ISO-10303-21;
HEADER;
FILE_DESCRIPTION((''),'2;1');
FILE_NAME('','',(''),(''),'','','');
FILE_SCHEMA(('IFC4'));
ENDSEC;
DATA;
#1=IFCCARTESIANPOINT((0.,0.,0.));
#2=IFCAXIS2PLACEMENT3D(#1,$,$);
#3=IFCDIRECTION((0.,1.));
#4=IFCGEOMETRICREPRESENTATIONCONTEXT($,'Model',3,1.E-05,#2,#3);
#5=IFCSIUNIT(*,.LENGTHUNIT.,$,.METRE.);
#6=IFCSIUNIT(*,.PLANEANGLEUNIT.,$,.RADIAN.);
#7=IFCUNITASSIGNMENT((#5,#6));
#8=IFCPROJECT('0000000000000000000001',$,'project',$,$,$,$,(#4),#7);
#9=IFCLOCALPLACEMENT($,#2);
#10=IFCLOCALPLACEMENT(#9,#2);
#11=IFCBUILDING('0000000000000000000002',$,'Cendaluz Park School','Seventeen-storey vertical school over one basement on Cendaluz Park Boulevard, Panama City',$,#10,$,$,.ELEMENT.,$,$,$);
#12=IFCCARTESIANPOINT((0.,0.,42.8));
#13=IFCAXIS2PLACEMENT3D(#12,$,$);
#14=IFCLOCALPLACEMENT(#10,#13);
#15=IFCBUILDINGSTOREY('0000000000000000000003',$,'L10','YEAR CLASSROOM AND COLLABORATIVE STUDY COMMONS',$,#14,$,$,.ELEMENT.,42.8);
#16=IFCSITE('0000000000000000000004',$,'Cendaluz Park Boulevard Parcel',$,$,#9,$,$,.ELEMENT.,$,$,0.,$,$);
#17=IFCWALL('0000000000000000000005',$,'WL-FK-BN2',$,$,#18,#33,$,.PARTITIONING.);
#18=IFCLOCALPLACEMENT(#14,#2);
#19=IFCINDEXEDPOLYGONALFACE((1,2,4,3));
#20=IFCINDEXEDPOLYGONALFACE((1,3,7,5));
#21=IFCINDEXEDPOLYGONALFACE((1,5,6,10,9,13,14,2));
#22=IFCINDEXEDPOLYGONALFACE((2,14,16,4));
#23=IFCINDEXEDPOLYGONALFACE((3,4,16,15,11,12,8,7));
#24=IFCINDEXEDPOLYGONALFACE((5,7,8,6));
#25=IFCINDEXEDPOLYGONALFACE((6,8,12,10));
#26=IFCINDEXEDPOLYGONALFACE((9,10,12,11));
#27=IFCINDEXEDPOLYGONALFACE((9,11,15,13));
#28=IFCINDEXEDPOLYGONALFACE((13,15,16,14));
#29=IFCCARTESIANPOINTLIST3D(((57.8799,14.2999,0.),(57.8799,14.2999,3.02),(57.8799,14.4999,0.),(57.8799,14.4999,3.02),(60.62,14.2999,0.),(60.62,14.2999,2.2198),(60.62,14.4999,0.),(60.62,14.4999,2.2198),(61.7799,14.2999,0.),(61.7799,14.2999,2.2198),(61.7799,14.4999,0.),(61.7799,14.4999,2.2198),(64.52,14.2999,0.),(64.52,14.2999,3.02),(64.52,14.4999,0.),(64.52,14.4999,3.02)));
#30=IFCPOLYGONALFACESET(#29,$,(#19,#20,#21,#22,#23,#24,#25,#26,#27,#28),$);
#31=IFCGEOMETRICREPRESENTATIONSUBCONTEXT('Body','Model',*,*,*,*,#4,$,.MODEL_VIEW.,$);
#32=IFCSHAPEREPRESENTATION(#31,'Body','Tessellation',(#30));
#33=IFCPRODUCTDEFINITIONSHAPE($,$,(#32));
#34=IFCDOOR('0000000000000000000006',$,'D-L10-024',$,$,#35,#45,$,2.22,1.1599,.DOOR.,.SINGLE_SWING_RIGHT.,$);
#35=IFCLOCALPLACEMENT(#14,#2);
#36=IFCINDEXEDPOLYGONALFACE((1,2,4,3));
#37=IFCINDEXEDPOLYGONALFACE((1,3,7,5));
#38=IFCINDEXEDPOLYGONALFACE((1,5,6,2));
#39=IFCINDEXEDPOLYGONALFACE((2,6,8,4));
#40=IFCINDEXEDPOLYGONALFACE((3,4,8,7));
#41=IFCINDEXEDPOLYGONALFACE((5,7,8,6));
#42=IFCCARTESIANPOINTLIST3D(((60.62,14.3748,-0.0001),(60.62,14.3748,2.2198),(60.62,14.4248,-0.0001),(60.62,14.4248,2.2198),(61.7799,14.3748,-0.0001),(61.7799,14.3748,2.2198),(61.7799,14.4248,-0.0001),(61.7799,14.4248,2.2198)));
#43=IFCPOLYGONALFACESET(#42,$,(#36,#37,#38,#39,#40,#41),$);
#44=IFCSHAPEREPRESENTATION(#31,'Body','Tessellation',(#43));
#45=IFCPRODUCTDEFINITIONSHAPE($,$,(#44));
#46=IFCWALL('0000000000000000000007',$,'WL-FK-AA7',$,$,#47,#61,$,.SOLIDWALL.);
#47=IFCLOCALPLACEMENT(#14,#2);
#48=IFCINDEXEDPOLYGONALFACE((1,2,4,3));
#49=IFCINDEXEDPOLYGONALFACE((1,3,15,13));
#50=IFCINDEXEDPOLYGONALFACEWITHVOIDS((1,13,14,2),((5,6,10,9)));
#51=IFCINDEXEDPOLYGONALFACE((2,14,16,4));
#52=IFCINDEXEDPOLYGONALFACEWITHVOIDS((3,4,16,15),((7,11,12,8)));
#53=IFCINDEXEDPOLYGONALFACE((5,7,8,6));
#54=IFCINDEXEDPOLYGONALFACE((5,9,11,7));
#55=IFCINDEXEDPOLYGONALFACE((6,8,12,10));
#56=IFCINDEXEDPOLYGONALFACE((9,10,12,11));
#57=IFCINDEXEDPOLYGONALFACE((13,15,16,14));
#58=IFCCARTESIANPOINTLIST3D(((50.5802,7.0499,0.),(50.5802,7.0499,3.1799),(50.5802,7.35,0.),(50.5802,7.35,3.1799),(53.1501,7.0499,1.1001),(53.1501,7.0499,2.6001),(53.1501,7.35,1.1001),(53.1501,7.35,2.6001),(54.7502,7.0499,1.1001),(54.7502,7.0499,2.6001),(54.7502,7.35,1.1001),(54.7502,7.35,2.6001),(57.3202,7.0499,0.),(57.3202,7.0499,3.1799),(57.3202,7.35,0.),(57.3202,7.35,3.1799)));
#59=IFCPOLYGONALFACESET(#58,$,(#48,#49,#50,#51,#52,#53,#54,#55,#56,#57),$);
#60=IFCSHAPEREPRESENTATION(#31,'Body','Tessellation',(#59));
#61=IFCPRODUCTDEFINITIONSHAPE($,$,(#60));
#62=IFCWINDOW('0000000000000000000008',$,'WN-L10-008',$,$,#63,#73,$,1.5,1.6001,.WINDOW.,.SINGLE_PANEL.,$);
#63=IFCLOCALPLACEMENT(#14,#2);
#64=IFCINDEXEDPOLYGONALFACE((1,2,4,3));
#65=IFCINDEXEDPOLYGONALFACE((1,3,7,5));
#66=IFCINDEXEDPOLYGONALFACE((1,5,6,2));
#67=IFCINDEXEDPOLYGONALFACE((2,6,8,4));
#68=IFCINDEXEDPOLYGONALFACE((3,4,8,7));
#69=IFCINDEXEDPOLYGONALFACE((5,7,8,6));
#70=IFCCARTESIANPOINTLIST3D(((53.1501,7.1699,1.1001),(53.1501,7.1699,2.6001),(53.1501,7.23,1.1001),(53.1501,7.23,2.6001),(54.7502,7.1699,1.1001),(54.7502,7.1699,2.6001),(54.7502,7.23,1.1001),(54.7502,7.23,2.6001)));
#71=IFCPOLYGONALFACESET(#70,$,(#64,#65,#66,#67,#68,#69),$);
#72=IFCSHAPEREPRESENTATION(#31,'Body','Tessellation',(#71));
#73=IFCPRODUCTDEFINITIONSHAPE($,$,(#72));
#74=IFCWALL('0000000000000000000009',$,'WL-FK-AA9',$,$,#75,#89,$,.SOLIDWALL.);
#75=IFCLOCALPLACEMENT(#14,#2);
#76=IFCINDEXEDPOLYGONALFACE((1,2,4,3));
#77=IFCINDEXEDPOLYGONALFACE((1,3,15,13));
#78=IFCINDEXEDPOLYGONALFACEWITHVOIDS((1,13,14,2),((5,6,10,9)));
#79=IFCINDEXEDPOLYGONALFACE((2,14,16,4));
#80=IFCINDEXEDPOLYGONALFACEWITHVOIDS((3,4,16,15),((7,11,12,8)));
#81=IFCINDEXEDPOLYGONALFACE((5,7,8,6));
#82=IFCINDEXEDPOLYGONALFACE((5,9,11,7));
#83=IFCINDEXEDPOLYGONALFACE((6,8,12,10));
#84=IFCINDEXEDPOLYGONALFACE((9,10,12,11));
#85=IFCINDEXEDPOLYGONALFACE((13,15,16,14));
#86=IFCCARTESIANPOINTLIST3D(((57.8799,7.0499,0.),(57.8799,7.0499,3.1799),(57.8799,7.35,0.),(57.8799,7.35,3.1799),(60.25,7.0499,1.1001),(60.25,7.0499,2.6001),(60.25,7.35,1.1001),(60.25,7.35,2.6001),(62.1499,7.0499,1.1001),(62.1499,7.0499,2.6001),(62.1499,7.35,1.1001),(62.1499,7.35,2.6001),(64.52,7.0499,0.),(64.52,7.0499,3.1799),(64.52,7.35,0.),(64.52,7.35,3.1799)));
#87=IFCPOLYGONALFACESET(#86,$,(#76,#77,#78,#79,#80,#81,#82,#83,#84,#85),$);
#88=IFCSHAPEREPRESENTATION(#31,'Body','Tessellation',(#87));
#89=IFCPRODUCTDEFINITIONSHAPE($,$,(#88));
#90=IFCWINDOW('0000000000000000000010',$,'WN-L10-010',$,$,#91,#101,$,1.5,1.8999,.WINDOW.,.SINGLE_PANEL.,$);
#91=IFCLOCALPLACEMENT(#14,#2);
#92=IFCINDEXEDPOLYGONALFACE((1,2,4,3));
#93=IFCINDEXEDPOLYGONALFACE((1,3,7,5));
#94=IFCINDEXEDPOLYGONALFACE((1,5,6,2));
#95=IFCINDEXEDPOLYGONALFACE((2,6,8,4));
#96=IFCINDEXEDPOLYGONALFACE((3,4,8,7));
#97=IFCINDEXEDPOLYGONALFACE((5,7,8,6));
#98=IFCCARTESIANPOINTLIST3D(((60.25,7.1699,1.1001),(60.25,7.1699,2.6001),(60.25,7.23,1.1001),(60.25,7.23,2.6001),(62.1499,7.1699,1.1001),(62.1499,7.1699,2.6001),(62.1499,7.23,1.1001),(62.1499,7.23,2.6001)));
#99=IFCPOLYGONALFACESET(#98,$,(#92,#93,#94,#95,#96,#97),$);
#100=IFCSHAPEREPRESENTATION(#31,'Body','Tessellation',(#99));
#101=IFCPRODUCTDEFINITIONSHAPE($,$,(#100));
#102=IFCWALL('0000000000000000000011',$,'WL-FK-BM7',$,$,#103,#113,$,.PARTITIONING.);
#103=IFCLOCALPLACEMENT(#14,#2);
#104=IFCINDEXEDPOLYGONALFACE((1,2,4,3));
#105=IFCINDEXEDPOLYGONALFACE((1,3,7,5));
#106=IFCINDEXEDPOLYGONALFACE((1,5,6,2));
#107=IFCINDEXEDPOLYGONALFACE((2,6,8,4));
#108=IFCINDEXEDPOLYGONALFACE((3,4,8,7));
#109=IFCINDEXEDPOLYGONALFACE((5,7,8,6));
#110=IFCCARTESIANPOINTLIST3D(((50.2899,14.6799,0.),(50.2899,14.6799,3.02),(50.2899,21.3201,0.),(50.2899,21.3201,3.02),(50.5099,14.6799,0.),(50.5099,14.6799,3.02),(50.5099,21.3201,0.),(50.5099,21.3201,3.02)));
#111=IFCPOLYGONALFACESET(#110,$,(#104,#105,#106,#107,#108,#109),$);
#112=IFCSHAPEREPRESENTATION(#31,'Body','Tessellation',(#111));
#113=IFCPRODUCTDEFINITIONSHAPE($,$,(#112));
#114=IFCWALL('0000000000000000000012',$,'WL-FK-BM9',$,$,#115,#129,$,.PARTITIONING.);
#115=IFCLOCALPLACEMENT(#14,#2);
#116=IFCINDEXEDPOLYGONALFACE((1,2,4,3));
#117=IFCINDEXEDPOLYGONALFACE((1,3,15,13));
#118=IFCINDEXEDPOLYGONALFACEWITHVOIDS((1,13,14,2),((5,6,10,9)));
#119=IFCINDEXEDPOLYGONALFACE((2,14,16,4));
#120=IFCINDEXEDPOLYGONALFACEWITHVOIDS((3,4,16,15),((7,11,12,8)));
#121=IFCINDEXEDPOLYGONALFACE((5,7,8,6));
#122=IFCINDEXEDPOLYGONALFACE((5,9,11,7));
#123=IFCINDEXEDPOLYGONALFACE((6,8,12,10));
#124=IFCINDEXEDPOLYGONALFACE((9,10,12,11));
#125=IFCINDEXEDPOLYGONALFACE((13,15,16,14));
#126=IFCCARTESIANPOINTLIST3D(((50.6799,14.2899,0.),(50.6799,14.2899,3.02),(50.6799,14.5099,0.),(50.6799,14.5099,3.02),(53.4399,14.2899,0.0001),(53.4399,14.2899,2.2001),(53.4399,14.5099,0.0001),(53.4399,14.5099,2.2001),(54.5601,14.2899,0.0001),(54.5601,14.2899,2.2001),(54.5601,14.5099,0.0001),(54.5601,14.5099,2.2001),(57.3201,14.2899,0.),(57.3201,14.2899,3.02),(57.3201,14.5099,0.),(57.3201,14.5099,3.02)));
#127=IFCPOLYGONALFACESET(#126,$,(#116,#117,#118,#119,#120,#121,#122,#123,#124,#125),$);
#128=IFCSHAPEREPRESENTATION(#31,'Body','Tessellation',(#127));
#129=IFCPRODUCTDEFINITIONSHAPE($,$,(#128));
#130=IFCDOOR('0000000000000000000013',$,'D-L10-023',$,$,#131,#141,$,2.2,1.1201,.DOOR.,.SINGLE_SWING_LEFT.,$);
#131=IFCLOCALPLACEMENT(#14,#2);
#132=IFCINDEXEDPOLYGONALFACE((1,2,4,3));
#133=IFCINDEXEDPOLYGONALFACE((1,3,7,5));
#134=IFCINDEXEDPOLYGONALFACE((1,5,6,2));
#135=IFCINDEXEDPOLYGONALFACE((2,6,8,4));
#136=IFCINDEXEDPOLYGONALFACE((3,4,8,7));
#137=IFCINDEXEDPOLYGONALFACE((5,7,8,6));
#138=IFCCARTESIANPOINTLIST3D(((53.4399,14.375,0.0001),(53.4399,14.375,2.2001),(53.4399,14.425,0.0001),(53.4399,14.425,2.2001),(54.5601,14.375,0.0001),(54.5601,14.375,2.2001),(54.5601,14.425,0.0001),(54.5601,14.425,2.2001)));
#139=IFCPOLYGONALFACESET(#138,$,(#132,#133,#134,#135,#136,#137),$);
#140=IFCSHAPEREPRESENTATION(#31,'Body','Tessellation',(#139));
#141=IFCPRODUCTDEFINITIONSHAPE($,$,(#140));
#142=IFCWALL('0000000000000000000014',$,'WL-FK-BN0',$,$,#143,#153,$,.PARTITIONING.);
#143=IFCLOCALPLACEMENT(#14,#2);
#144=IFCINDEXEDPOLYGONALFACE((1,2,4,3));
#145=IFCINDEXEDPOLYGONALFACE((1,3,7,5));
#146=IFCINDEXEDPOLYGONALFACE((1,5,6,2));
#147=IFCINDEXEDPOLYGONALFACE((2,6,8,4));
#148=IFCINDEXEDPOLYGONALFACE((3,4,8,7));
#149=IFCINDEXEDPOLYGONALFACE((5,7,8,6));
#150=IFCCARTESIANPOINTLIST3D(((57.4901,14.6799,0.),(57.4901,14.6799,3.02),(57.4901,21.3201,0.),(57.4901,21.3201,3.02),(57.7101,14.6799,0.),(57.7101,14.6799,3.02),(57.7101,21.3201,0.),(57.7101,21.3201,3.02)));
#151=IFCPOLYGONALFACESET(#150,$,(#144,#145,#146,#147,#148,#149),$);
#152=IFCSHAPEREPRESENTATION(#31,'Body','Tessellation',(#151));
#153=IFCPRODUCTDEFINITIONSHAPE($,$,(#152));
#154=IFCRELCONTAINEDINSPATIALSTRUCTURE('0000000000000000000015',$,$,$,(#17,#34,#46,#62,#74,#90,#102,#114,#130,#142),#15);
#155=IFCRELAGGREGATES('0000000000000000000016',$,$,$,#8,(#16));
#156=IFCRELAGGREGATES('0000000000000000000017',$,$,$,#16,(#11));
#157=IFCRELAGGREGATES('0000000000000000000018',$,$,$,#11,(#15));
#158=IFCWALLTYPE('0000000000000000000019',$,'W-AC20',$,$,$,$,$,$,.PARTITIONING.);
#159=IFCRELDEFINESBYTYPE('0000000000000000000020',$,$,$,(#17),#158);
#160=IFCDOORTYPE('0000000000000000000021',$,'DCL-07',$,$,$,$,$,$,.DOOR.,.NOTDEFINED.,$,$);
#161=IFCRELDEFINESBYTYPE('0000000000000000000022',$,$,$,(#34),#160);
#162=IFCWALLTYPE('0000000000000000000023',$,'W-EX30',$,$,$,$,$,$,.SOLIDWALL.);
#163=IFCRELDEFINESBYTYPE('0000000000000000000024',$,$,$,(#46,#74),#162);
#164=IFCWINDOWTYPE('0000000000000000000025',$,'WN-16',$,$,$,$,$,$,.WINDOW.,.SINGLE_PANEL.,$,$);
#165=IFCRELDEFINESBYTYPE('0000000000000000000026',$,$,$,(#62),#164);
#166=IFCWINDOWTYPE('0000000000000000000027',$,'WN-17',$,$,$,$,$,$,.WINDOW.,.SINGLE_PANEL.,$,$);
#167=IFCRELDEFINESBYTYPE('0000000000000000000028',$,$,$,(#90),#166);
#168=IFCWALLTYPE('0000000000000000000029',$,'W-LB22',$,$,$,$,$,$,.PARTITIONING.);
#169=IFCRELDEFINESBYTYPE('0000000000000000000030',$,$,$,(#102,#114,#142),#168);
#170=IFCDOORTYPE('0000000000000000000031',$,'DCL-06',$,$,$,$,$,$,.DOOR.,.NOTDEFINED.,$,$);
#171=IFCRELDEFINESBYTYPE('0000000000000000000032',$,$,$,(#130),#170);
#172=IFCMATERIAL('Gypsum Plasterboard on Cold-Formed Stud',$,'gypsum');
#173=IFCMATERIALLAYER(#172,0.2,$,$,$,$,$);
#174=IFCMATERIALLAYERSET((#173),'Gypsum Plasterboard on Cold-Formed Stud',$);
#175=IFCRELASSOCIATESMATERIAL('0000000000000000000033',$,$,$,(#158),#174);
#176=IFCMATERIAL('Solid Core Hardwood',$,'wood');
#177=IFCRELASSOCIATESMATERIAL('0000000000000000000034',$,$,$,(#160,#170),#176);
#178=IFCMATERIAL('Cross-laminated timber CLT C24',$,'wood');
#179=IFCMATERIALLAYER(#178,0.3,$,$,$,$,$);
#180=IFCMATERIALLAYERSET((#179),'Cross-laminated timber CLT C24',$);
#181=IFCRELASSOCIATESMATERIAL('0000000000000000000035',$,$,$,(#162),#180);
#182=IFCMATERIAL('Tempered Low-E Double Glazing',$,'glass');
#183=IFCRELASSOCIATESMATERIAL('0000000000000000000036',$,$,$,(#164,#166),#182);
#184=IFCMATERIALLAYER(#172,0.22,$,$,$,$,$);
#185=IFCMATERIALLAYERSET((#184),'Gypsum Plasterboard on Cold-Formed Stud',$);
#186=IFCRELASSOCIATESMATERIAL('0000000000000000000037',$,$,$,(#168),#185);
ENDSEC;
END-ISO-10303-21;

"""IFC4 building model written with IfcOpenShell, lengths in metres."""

from ifc_helpers import new_model, si_unit, direction, frame, frame_2d, origin, place, context, subcontext, project, spatial, rectangle, extrude, material, layer, layer_set, type_object, element, fill, save


model = new_model("IFC4")

# Units and contexts
model_context = context("Model", 3, precision=1e-05, world=origin(), true_north=direction((0.0, 1.0)))
body_context = subcontext(model_context, "Body", "Model", "MODEL_VIEW")
ifc_project = project(units=[si_unit("LENGTHUNIT", "METRE"), si_unit("PLANEANGLEUNIT", "RADIAN")], contexts=[model_context])

# Site, building, storey
site_placement = place(None, origin())
site = spatial("IfcSite", under=ifc_project, at=site_placement, Name="Cendaluz Park Boulevard Parcel", CompositionType="ELEMENT", RefElevation=0.0)
building_placement = place(site_placement, origin())
building = spatial("IfcBuilding", under=site, at=building_placement, Name="Cendaluz Park School", Description="Seventeen-storey vertical school over one basement on Cendaluz Park Boulevard, Panama City", CompositionType="ELEMENT")
storey_placement = place(building_placement, frame((0.0, 0.0, 42.8)))
storey = spatial("IfcBuildingStorey", under=building, at=storey_placement, Name="L10", Description="YEAR CLASSROOM AND COLLABORATIVE STUDY COMMONS", CompositionType="ELEMENT", Elevation=42.8)

# Wall, opening, door
ifc_material_1 = material(Name="Gypsum Plasterboard on Cold-Formed Stud", Category="gypsum")
ifc_layer_1 = layer(ifc_material_1, 0.2)
ifc_layer_set_1 = layer_set([ifc_layer_1], Name="Gypsum Plasterboard on Cold-Formed Stud")
wall_type_1 = type_object("IfcWallType", Name="W-AC20", PredefinedType="PARTITIONING", material=ifc_layer_set_1)
wall_1_placement = place(storey_placement, frame((57.8799, 14.3999, 0.0), z_axis=(0.0, 0.0, 1.0), x_axis=(1.0, 0.0, 0.0)))
wall_1 = element("IfcWall", 1, at=wall_1_placement, inside=storey, type_object=wall_type_1, Name="WL-FK-BN2", PredefinedType="PARTITIONING", context=body_context, shape_type="SweptSolid", body=[
    extrude(rectangle(XDim=6.6401, YDim=0.2, at=frame_2d((3.3201, 0.0))), origin(), (0.0, 0.0, 1.0), 3.02),
])
opening_1_placement = place(wall_1_placement, frame((2.74, 0.0, 0.0)))
opening_1 = element("IfcOpeningElement", 2, at=opening_1_placement, cuts=wall_1, PredefinedType="OPENING", context=body_context, shape_type="SweptSolid", body=[
    extrude(rectangle(XDim=1.1599, YDim=2.22, at=frame_2d((0.5801, 1.1099))), frame((0.0, 0.1121, 0.0), z_axis=(0.0, -1.0, 0.0), x_axis=(1.0, 0.0, 0.0)), (0.0, 0.0, 1.0), 0.2239),
])
ifc_material_2 = material(Name="Solid Core Hardwood", Category="wood")
door_type_1 = type_object("IfcDoorType", Name="DCL-07", OperationType="NOTDEFINED", PredefinedType="DOOR", material=ifc_material_2)
door_1_placement = place(opening_1_placement, origin())
door_1 = element("IfcDoor", 3, at=door_1_placement, inside=storey, type_object=door_type_1, Name="D-L10-024", OperationType="SINGLE_SWING_RIGHT", OverallHeight=2.22, OverallWidth=1.1599, PredefinedType="DOOR", context=body_context, shape_type="SweptSolid", body=[
    extrude(rectangle(XDim=1.1599, YDim=2.22, at=frame_2d((0.5801, 1.1099))), frame((0.0, 0.0249, 0.0), z_axis=(0.0, -1.0, 0.0), x_axis=(1.0, 0.0, 0.0)), (0.0, 0.0, 1.0), 0.05),
])
fill(opening_1, door_1)

# Walls, openings, windows
ifc_material_3 = material(Name="Cross-laminated timber CLT C24", Category="wood")
ifc_layer_2 = layer(ifc_material_3, 0.3)
ifc_layer_set_2 = layer_set([ifc_layer_2], Name="Cross-laminated timber CLT C24")
wall_type_2 = type_object("IfcWallType", Name="W-EX30", PredefinedType="SOLIDWALL", material=ifc_layer_set_2)
wall_2_placement = place(storey_placement, frame((50.5801, 7.2, 0.0), z_axis=(0.0, 0.0, 1.0), x_axis=(1.0, 0.0, 0.0)))
wall_2 = element("IfcWall", 4, at=wall_2_placement, inside=storey, type_object=wall_type_2, Name="WL-FK-AA7", PredefinedType="SOLIDWALL", context=body_context, shape_type="SweptSolid", body=[
    extrude(rectangle(XDim=6.74, YDim=0.3, at=frame_2d((3.3701, 0.0))), origin(), (0.0, 0.0, 1.0), 3.1799),
])
opening_2_placement = place(wall_2_placement, frame((2.5701, 0.0, 1.1001)))
opening_2 = element("IfcOpeningElement", 5, at=opening_2_placement, cuts=wall_2, PredefinedType="OPENING", context=body_context, shape_type="SweptSolid", body=[
    extrude(rectangle(XDim=1.6001, YDim=1.5, at=frame_2d((0.8, 0.75))), frame((0.0, 0.1621, 0.0), z_axis=(0.0, -1.0, 0.0), x_axis=(1.0, 0.0, 0.0)), (0.0, 0.0, 1.0), 0.324),
])
ifc_material_4 = material(Name="Tempered Low-E Double Glazing", Category="glass")
window_type_1 = type_object("IfcWindowType", Name="WN-16", PartitioningType="SINGLE_PANEL", PredefinedType="WINDOW", material=ifc_material_4)
window_1_placement = place(opening_2_placement, origin())
window_1 = element("IfcWindow", 6, at=window_1_placement, inside=storey, type_object=window_type_1, Name="WN-L10-008", OverallHeight=1.5, OverallWidth=1.6001, PartitioningType="SINGLE_PANEL", PredefinedType="WINDOW", context=body_context, shape_type="SweptSolid", body=[
    extrude(rectangle(XDim=1.6001, YDim=1.5, at=frame_2d((0.8, 0.75))), frame((0.0, 0.03, 0.0), z_axis=(0.0, -1.0, 0.0), x_axis=(1.0, 0.0, 0.0)), (0.0, 0.0, 1.0), 0.0601),
])
fill(opening_2, window_1)
wall_3_placement = place(storey_placement, frame((57.8799, 7.2, 0.0), z_axis=(0.0, 0.0, 1.0), x_axis=(1.0, 0.0, 0.0)))
wall_3 = element("IfcWall", 7, at=wall_3_placement, inside=storey, type_object=wall_type_2, Name="WL-FK-AA9", PredefinedType="SOLIDWALL", context=body_context, shape_type="SweptSolid", body=[
    extrude(rectangle(XDim=6.6401, YDim=0.3, at=frame_2d((3.3201, 0.0))), origin(), (0.0, 0.0, 1.0), 3.1799),
])
opening_3_placement = place(wall_3_placement, frame((2.3701, 0.0, 1.1001)))
opening_3 = element("IfcOpeningElement", 8, at=opening_3_placement, cuts=wall_3, PredefinedType="OPENING", context=body_context, shape_type="SweptSolid", body=[
    extrude(rectangle(XDim=1.8999, YDim=1.5, at=frame_2d((0.95, 0.75))), frame((0.0, 0.1621, 0.0), z_axis=(0.0, -1.0, 0.0), x_axis=(1.0, 0.0, 0.0)), (0.0, 0.0, 1.0), 0.324),
])
window_type_2 = type_object("IfcWindowType", Name="WN-17", PartitioningType="SINGLE_PANEL", PredefinedType="WINDOW", material=ifc_material_4)
window_2_placement = place(opening_3_placement, origin())
window_2 = element("IfcWindow", 9, at=window_2_placement, inside=storey, type_object=window_type_2, Name="WN-L10-010", OverallHeight=1.5, OverallWidth=1.8999, PartitioningType="SINGLE_PANEL", PredefinedType="WINDOW", context=body_context, shape_type="SweptSolid", body=[
    extrude(rectangle(XDim=1.8999, YDim=1.5, at=frame_2d((0.95, 0.75))), frame((0.0, 0.03, 0.0), z_axis=(0.0, -1.0, 0.0), x_axis=(1.0, 0.0, 0.0)), (0.0, 0.0, 1.0), 0.0601),
])
fill(opening_3, window_2)

# Wall
ifc_layer_3 = layer(ifc_material_1, 0.22)
ifc_layer_set_3 = layer_set([ifc_layer_3], Name="Gypsum Plasterboard on Cold-Formed Stud")
wall_type_3 = type_object("IfcWallType", Name="W-LB22", PredefinedType="PARTITIONING", material=ifc_layer_set_3)
wall_4_placement = place(storey_placement, frame((50.3999, 14.6799, 0.0), z_axis=(0.0, 0.0, 1.0), x_axis=(0.0, 1.0, 0.0)))
element("IfcWall", 10, at=wall_4_placement, inside=storey, type_object=wall_type_3, Name="WL-FK-BM7", PredefinedType="PARTITIONING", context=body_context, shape_type="SweptSolid", body=[
    extrude(rectangle(XDim=6.6401, YDim=0.22, at=frame_2d((3.3201, 0.0))), origin(), (0.0, 0.0, 1.0), 3.02),
])

# Wall, opening, door
wall_5_placement = place(storey_placement, frame((50.6799, 14.3999, 0.0), z_axis=(0.0, 0.0, 1.0), x_axis=(1.0, 0.0, 0.0)))
wall_5 = element("IfcWall", 11, at=wall_5_placement, inside=storey, type_object=wall_type_3, Name="WL-FK-BM9", PredefinedType="PARTITIONING", context=body_context, shape_type="SweptSolid", body=[
    extrude(rectangle(XDim=6.6401, YDim=0.22, at=frame_2d((3.3201, 0.0))), origin(), (0.0, 0.0, 1.0), 3.02),
])
opening_4_placement = place(wall_5_placement, frame((2.76, 0.0, 0.0)))
opening_4 = element("IfcOpeningElement", 12, at=opening_4_placement, cuts=wall_5, PredefinedType="OPENING", context=body_context, shape_type="SweptSolid", body=[
    extrude(rectangle(XDim=1.1201, YDim=2.2, at=frame_2d((0.5601, 1.1001))), frame((0.0, 0.1221, 0.0), z_axis=(0.0, -1.0, 0.0), x_axis=(1.0, 0.0, 0.0)), (0.0, 0.0, 1.0), 0.2439),
])
door_type_2 = type_object("IfcDoorType", Name="DCL-06", OperationType="NOTDEFINED", PredefinedType="DOOR", material=ifc_material_2)
door_2_placement = place(opening_4_placement, frame((1.1201, 0.0, 0.0), z_axis=(0.0, 0.0, 1.0), x_axis=(-1.0, 0.0, 0.0)))
door_2 = element("IfcDoor", 13, at=door_2_placement, inside=storey, type_object=door_type_2, Name="D-L10-023", OperationType="SINGLE_SWING_LEFT", OverallHeight=2.2, OverallWidth=1.1201, PredefinedType="DOOR", context=body_context, shape_type="SweptSolid", body=[
    extrude(rectangle(XDim=1.1201, YDim=2.2, at=frame_2d((0.5601, 1.1001))), frame((0.0, 0.0249, 0.0), z_axis=(0.0, -1.0, 0.0), x_axis=(1.0, 0.0, 0.0)), (0.0, 0.0, 1.0), 0.05),
])
fill(opening_4, door_2)

# Wall
wall_6_placement = place(storey_placement, frame((57.6001, 14.6799, 0.0), z_axis=(0.0, 0.0, 1.0), x_axis=(0.0, 1.0, 0.0)))
element("IfcWall", 14, at=wall_6_placement, inside=storey, type_object=wall_type_3, Name="WL-FK-BN0", PredefinedType="PARTITIONING", context=body_context, shape_type="SweptSolid", body=[
    extrude(rectangle(XDim=6.6401, YDim=0.22, at=frame_2d((3.3201, 0.0))), origin(), (0.0, 0.0, 1.0), 3.02),
])

save(model, "model.ifc")
